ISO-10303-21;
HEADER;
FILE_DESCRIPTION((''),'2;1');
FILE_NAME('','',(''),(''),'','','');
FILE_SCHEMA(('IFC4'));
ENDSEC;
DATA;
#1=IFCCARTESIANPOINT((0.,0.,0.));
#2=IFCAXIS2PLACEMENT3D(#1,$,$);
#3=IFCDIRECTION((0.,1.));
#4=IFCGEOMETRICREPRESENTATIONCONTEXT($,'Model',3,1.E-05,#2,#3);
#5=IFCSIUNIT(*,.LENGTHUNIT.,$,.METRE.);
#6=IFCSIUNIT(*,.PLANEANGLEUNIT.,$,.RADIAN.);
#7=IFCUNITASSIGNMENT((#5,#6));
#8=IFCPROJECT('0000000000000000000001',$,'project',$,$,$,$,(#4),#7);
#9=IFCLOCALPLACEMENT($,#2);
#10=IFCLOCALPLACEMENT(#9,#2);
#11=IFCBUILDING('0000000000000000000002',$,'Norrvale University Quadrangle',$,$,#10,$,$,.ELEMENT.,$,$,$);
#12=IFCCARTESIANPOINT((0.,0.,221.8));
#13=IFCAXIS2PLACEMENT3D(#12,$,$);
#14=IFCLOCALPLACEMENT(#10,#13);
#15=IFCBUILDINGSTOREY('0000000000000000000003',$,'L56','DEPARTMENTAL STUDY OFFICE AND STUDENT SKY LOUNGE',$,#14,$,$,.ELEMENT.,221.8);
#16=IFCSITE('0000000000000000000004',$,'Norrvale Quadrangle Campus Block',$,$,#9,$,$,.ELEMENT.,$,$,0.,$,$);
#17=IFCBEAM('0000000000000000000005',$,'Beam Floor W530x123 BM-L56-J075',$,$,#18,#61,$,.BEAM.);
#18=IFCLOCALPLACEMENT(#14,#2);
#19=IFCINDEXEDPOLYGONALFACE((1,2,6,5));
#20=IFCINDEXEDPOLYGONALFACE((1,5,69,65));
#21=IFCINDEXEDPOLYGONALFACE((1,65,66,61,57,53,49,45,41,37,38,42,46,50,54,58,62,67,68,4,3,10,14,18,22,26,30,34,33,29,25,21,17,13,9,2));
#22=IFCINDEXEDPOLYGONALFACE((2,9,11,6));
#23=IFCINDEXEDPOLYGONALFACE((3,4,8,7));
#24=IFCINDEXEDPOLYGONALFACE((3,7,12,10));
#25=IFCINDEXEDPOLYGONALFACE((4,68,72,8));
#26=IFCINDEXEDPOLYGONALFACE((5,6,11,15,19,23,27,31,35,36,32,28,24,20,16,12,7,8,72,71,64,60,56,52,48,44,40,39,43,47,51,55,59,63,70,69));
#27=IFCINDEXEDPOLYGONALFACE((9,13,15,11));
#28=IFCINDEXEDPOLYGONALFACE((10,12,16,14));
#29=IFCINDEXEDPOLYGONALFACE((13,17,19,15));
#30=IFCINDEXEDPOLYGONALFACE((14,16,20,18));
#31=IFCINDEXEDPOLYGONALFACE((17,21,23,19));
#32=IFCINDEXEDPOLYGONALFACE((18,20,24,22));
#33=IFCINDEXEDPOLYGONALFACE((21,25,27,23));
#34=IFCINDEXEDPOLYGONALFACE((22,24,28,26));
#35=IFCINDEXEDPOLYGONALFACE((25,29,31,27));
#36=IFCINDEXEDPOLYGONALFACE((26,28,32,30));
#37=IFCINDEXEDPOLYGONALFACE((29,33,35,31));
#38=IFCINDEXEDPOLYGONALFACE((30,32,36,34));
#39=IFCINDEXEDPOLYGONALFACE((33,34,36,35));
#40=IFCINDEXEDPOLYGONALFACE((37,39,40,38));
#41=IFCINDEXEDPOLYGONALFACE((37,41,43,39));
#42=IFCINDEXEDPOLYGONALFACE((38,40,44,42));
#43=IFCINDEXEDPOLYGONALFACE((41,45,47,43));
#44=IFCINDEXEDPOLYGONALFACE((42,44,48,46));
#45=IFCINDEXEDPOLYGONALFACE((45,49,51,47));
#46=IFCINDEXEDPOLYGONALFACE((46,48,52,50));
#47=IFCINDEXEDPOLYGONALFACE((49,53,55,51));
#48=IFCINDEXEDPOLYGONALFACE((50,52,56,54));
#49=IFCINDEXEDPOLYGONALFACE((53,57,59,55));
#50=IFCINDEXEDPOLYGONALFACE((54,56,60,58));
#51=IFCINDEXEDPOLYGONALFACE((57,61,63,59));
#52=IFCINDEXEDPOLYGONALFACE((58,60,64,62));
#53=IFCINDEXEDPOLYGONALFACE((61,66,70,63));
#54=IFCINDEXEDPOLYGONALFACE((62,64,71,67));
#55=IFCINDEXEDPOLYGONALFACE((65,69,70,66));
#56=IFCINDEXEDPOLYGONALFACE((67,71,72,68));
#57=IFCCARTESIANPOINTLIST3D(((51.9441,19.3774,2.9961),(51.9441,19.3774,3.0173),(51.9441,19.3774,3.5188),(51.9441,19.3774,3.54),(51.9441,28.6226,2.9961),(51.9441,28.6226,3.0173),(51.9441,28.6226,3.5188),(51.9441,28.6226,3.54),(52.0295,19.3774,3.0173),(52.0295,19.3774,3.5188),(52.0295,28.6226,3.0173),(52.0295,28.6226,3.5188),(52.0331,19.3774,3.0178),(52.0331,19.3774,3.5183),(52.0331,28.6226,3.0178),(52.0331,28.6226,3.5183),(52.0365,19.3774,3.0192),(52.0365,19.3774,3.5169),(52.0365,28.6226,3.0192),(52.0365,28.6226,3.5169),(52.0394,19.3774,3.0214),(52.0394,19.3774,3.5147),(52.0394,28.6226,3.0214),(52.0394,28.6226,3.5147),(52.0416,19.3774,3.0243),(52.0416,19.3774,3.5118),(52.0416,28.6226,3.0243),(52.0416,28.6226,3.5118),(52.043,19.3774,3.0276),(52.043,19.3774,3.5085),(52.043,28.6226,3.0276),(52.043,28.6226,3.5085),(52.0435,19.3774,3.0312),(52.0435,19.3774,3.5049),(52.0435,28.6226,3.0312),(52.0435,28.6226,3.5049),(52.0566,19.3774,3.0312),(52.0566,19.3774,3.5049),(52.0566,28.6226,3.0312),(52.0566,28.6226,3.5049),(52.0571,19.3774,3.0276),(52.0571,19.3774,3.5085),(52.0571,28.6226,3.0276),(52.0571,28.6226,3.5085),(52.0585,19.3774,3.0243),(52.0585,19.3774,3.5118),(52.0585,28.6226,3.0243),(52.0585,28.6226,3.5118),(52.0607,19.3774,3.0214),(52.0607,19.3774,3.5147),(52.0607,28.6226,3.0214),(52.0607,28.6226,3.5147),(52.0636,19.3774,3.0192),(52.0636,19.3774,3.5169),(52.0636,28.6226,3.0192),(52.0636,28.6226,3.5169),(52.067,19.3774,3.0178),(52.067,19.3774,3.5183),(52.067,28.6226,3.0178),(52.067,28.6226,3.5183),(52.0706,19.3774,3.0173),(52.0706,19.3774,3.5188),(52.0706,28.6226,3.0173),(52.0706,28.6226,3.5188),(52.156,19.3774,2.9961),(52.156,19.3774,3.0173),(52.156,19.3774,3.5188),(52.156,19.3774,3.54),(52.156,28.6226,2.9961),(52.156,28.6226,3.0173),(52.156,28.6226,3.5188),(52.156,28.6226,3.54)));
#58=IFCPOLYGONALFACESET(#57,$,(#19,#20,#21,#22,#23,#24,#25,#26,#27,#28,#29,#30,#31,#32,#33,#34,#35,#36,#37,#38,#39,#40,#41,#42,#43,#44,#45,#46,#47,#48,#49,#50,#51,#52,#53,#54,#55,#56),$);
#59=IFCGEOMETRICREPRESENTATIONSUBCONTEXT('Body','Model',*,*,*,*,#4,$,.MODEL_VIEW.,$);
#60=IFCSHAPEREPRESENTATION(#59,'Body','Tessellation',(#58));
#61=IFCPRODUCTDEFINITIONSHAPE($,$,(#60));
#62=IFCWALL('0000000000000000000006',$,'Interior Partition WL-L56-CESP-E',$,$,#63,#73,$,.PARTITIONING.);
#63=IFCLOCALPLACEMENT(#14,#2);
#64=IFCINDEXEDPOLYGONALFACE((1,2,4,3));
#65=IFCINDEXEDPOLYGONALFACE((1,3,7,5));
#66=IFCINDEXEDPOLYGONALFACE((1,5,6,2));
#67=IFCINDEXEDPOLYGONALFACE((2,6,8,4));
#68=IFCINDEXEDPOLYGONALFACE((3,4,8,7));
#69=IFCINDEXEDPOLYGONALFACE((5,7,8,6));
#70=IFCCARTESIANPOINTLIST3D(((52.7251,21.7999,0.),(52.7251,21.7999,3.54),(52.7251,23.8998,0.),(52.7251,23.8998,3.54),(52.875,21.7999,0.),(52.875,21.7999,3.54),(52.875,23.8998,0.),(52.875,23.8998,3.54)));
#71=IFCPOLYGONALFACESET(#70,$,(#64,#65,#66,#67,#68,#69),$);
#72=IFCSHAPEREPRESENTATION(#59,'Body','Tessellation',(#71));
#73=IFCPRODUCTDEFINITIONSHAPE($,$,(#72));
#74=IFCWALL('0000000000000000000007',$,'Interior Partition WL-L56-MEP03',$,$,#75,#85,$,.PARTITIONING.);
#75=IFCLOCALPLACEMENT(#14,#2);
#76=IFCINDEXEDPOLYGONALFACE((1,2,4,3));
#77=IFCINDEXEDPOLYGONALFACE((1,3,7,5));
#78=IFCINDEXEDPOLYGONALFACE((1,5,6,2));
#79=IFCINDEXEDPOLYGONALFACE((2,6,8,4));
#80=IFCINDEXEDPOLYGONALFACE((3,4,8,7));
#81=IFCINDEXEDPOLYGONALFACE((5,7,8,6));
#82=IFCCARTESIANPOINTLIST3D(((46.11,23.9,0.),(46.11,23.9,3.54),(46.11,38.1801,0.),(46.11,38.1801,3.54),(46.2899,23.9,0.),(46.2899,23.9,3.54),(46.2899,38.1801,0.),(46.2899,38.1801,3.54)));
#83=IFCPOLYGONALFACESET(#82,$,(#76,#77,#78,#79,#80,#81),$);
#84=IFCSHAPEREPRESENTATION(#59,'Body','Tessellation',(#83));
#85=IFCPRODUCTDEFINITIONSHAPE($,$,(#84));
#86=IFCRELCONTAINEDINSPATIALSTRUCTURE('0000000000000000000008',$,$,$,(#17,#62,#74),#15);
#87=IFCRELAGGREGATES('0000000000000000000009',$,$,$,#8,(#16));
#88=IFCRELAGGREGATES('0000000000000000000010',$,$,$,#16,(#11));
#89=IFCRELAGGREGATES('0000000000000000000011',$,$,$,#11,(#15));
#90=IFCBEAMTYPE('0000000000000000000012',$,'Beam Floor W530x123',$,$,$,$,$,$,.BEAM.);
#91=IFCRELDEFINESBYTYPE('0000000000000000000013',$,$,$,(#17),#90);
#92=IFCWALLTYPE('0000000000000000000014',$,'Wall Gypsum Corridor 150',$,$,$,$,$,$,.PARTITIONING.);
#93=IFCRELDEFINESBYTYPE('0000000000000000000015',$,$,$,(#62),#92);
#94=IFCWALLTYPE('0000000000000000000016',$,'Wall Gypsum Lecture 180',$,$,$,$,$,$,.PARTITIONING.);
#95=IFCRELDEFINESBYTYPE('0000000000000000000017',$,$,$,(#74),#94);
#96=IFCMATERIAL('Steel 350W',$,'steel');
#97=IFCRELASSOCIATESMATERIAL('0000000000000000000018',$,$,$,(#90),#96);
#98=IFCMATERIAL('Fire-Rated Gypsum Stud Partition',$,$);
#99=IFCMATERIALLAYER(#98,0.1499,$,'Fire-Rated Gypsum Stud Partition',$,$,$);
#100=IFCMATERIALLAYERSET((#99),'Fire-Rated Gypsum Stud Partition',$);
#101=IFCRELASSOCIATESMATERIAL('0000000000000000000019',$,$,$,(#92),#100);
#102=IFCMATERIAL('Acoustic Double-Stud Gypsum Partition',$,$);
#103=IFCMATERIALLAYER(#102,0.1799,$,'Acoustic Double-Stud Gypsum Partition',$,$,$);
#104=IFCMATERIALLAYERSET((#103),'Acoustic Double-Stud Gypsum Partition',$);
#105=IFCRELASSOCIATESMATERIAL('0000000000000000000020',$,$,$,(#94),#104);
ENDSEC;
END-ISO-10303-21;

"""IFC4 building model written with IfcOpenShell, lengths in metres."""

from ifc_helpers import new_model, si_unit, direction, frame, frame_2d, origin, origin_2d, place, context, subcontext, project, spatial, rectangle, i_section, extrude, material, layer, layer_set, material_profile, profile_set, type_object, element, save


model = new_model("IFC4")

# Units and contexts
model_context = context("Model", 3, precision=1e-05, world=origin(), true_north=direction((0.0, 1.0)))
body_context = subcontext(model_context, "Body", "Model", "MODEL_VIEW")
ifc_project = project(units=[si_unit("LENGTHUNIT", "METRE"), si_unit("PLANEANGLEUNIT", "RADIAN")], contexts=[model_context])

# Site, building, storey
site_placement = place(None, origin())
site = spatial("IfcSite", under=ifc_project, at=site_placement, Name="Norrvale Quadrangle Campus Block", CompositionType="ELEMENT", RefElevation=0.0)
building_placement = place(site_placement, origin())
building = spatial("IfcBuilding", under=site, at=building_placement, Name="Norrvale University Quadrangle", CompositionType="ELEMENT")
storey_placement = place(building_placement, frame((0.0, 0.0, 221.8)))
storey = spatial("IfcBuildingStorey", under=building, at=storey_placement, Name="L56", Description="DEPARTMENTAL STUDY OFFICE AND STUDENT SKY LOUNGE", CompositionType="ELEMENT", Elevation=221.8)

# Beam
ifc_material_1 = material(Name="Steel 350W", Category="steel")
ifc_material_profile_1 = material_profile(ifc_material_1, i_section(OverallWidth=0.2119, OverallDepth=0.5439, WebThickness=0.0132, FlangeThickness=0.0212, FilletRadius=0.0139, at=origin_2d()), Name="Steel 350W")
ifc_profile_set_1 = profile_set([ifc_material_profile_1], Name="Steel 350W")
beam_type_1 = type_object("IfcBeamType", Name="Beam Floor W530x123", PredefinedType="BEAM", material=ifc_profile_set_1)
for number, where, z_axis, x_axis, name in (
    (1, (52.05, 19.3774, 3.2681), (0.0, 1.0, 0.0), (-1.0, 0.0, 0.0), "Beam Floor W530x123 BM-L56-J075"),
):
    element("IfcBeam", number, at=place(storey_placement, frame(where, z_axis=z_axis, x_axis=x_axis)), inside=storey, type_object=beam_type_1, Name=name, PredefinedType="BEAM", context=body_context, shape_type="SweptSolid", body=[
        extrude(i_section(OverallWidth=0.2119, OverallDepth=0.5439, WebThickness=0.0132, FlangeThickness=0.0212, FilletRadius=0.0139, at=origin_2d()), origin(), (0.0, 0.0, 1.0), 9.2451),
    ])

# Walls
ifc_material_2 = material(Name="Fire-Rated Gypsum Stud Partition")
ifc_layer_1 = layer(ifc_material_2, 0.1499, Name="Fire-Rated Gypsum Stud Partition")
ifc_layer_set_1 = layer_set([ifc_layer_1], Name="Fire-Rated Gypsum Stud Partition")
wall_type_1 = type_object("IfcWallType", Name="Wall Gypsum Corridor 150", PredefinedType="PARTITIONING", material=ifc_layer_set_1)
wall_1_placement = place(storey_placement, frame((52.8, 21.8, 0.0), z_axis=(0.0, 0.0, 1.0), x_axis=(0.0, 1.0, 0.0)))
element("IfcWall", 2, at=wall_1_placement, inside=storey, type_object=wall_type_1, Name="Interior Partition WL-L56-CESP-E", PredefinedType="PARTITIONING", context=body_context, shape_type="SweptSolid", body=[
    extrude(rectangle(XDim=2.0999, YDim=0.1499, at=frame_2d((1.0498, 0.0))), origin(), (0.0, 0.0, 1.0), 3.54),
])
ifc_material_3 = material(Name="Acoustic Double-Stud Gypsum Partition")
ifc_layer_2 = layer(ifc_material_3, 0.1799, Name="Acoustic Double-Stud Gypsum Partition")
ifc_layer_set_2 = layer_set([ifc_layer_2], Name="Acoustic Double-Stud Gypsum Partition")
wall_type_2 = type_object("IfcWallType", Name="Wall Gypsum Lecture 180", PredefinedType="PARTITIONING", material=ifc_layer_set_2)
wall_2_placement = place(storey_placement, frame((46.2, 23.8999, 0.0), z_axis=(0.0, 0.0, 1.0), x_axis=(0.0, 1.0, 0.0)))
element("IfcWall", 3, at=wall_2_placement, inside=storey, type_object=wall_type_2, Name="Interior Partition WL-L56-MEP03", PredefinedType="PARTITIONING", context=body_context, shape_type="SweptSolid", body=[
    extrude(rectangle(XDim=14.28, YDim=0.1799, at=frame_2d((7.1401, 0.0))), origin(), (0.0, 0.0, 1.0), 3.54),
])

save(model, "model.ifc")
